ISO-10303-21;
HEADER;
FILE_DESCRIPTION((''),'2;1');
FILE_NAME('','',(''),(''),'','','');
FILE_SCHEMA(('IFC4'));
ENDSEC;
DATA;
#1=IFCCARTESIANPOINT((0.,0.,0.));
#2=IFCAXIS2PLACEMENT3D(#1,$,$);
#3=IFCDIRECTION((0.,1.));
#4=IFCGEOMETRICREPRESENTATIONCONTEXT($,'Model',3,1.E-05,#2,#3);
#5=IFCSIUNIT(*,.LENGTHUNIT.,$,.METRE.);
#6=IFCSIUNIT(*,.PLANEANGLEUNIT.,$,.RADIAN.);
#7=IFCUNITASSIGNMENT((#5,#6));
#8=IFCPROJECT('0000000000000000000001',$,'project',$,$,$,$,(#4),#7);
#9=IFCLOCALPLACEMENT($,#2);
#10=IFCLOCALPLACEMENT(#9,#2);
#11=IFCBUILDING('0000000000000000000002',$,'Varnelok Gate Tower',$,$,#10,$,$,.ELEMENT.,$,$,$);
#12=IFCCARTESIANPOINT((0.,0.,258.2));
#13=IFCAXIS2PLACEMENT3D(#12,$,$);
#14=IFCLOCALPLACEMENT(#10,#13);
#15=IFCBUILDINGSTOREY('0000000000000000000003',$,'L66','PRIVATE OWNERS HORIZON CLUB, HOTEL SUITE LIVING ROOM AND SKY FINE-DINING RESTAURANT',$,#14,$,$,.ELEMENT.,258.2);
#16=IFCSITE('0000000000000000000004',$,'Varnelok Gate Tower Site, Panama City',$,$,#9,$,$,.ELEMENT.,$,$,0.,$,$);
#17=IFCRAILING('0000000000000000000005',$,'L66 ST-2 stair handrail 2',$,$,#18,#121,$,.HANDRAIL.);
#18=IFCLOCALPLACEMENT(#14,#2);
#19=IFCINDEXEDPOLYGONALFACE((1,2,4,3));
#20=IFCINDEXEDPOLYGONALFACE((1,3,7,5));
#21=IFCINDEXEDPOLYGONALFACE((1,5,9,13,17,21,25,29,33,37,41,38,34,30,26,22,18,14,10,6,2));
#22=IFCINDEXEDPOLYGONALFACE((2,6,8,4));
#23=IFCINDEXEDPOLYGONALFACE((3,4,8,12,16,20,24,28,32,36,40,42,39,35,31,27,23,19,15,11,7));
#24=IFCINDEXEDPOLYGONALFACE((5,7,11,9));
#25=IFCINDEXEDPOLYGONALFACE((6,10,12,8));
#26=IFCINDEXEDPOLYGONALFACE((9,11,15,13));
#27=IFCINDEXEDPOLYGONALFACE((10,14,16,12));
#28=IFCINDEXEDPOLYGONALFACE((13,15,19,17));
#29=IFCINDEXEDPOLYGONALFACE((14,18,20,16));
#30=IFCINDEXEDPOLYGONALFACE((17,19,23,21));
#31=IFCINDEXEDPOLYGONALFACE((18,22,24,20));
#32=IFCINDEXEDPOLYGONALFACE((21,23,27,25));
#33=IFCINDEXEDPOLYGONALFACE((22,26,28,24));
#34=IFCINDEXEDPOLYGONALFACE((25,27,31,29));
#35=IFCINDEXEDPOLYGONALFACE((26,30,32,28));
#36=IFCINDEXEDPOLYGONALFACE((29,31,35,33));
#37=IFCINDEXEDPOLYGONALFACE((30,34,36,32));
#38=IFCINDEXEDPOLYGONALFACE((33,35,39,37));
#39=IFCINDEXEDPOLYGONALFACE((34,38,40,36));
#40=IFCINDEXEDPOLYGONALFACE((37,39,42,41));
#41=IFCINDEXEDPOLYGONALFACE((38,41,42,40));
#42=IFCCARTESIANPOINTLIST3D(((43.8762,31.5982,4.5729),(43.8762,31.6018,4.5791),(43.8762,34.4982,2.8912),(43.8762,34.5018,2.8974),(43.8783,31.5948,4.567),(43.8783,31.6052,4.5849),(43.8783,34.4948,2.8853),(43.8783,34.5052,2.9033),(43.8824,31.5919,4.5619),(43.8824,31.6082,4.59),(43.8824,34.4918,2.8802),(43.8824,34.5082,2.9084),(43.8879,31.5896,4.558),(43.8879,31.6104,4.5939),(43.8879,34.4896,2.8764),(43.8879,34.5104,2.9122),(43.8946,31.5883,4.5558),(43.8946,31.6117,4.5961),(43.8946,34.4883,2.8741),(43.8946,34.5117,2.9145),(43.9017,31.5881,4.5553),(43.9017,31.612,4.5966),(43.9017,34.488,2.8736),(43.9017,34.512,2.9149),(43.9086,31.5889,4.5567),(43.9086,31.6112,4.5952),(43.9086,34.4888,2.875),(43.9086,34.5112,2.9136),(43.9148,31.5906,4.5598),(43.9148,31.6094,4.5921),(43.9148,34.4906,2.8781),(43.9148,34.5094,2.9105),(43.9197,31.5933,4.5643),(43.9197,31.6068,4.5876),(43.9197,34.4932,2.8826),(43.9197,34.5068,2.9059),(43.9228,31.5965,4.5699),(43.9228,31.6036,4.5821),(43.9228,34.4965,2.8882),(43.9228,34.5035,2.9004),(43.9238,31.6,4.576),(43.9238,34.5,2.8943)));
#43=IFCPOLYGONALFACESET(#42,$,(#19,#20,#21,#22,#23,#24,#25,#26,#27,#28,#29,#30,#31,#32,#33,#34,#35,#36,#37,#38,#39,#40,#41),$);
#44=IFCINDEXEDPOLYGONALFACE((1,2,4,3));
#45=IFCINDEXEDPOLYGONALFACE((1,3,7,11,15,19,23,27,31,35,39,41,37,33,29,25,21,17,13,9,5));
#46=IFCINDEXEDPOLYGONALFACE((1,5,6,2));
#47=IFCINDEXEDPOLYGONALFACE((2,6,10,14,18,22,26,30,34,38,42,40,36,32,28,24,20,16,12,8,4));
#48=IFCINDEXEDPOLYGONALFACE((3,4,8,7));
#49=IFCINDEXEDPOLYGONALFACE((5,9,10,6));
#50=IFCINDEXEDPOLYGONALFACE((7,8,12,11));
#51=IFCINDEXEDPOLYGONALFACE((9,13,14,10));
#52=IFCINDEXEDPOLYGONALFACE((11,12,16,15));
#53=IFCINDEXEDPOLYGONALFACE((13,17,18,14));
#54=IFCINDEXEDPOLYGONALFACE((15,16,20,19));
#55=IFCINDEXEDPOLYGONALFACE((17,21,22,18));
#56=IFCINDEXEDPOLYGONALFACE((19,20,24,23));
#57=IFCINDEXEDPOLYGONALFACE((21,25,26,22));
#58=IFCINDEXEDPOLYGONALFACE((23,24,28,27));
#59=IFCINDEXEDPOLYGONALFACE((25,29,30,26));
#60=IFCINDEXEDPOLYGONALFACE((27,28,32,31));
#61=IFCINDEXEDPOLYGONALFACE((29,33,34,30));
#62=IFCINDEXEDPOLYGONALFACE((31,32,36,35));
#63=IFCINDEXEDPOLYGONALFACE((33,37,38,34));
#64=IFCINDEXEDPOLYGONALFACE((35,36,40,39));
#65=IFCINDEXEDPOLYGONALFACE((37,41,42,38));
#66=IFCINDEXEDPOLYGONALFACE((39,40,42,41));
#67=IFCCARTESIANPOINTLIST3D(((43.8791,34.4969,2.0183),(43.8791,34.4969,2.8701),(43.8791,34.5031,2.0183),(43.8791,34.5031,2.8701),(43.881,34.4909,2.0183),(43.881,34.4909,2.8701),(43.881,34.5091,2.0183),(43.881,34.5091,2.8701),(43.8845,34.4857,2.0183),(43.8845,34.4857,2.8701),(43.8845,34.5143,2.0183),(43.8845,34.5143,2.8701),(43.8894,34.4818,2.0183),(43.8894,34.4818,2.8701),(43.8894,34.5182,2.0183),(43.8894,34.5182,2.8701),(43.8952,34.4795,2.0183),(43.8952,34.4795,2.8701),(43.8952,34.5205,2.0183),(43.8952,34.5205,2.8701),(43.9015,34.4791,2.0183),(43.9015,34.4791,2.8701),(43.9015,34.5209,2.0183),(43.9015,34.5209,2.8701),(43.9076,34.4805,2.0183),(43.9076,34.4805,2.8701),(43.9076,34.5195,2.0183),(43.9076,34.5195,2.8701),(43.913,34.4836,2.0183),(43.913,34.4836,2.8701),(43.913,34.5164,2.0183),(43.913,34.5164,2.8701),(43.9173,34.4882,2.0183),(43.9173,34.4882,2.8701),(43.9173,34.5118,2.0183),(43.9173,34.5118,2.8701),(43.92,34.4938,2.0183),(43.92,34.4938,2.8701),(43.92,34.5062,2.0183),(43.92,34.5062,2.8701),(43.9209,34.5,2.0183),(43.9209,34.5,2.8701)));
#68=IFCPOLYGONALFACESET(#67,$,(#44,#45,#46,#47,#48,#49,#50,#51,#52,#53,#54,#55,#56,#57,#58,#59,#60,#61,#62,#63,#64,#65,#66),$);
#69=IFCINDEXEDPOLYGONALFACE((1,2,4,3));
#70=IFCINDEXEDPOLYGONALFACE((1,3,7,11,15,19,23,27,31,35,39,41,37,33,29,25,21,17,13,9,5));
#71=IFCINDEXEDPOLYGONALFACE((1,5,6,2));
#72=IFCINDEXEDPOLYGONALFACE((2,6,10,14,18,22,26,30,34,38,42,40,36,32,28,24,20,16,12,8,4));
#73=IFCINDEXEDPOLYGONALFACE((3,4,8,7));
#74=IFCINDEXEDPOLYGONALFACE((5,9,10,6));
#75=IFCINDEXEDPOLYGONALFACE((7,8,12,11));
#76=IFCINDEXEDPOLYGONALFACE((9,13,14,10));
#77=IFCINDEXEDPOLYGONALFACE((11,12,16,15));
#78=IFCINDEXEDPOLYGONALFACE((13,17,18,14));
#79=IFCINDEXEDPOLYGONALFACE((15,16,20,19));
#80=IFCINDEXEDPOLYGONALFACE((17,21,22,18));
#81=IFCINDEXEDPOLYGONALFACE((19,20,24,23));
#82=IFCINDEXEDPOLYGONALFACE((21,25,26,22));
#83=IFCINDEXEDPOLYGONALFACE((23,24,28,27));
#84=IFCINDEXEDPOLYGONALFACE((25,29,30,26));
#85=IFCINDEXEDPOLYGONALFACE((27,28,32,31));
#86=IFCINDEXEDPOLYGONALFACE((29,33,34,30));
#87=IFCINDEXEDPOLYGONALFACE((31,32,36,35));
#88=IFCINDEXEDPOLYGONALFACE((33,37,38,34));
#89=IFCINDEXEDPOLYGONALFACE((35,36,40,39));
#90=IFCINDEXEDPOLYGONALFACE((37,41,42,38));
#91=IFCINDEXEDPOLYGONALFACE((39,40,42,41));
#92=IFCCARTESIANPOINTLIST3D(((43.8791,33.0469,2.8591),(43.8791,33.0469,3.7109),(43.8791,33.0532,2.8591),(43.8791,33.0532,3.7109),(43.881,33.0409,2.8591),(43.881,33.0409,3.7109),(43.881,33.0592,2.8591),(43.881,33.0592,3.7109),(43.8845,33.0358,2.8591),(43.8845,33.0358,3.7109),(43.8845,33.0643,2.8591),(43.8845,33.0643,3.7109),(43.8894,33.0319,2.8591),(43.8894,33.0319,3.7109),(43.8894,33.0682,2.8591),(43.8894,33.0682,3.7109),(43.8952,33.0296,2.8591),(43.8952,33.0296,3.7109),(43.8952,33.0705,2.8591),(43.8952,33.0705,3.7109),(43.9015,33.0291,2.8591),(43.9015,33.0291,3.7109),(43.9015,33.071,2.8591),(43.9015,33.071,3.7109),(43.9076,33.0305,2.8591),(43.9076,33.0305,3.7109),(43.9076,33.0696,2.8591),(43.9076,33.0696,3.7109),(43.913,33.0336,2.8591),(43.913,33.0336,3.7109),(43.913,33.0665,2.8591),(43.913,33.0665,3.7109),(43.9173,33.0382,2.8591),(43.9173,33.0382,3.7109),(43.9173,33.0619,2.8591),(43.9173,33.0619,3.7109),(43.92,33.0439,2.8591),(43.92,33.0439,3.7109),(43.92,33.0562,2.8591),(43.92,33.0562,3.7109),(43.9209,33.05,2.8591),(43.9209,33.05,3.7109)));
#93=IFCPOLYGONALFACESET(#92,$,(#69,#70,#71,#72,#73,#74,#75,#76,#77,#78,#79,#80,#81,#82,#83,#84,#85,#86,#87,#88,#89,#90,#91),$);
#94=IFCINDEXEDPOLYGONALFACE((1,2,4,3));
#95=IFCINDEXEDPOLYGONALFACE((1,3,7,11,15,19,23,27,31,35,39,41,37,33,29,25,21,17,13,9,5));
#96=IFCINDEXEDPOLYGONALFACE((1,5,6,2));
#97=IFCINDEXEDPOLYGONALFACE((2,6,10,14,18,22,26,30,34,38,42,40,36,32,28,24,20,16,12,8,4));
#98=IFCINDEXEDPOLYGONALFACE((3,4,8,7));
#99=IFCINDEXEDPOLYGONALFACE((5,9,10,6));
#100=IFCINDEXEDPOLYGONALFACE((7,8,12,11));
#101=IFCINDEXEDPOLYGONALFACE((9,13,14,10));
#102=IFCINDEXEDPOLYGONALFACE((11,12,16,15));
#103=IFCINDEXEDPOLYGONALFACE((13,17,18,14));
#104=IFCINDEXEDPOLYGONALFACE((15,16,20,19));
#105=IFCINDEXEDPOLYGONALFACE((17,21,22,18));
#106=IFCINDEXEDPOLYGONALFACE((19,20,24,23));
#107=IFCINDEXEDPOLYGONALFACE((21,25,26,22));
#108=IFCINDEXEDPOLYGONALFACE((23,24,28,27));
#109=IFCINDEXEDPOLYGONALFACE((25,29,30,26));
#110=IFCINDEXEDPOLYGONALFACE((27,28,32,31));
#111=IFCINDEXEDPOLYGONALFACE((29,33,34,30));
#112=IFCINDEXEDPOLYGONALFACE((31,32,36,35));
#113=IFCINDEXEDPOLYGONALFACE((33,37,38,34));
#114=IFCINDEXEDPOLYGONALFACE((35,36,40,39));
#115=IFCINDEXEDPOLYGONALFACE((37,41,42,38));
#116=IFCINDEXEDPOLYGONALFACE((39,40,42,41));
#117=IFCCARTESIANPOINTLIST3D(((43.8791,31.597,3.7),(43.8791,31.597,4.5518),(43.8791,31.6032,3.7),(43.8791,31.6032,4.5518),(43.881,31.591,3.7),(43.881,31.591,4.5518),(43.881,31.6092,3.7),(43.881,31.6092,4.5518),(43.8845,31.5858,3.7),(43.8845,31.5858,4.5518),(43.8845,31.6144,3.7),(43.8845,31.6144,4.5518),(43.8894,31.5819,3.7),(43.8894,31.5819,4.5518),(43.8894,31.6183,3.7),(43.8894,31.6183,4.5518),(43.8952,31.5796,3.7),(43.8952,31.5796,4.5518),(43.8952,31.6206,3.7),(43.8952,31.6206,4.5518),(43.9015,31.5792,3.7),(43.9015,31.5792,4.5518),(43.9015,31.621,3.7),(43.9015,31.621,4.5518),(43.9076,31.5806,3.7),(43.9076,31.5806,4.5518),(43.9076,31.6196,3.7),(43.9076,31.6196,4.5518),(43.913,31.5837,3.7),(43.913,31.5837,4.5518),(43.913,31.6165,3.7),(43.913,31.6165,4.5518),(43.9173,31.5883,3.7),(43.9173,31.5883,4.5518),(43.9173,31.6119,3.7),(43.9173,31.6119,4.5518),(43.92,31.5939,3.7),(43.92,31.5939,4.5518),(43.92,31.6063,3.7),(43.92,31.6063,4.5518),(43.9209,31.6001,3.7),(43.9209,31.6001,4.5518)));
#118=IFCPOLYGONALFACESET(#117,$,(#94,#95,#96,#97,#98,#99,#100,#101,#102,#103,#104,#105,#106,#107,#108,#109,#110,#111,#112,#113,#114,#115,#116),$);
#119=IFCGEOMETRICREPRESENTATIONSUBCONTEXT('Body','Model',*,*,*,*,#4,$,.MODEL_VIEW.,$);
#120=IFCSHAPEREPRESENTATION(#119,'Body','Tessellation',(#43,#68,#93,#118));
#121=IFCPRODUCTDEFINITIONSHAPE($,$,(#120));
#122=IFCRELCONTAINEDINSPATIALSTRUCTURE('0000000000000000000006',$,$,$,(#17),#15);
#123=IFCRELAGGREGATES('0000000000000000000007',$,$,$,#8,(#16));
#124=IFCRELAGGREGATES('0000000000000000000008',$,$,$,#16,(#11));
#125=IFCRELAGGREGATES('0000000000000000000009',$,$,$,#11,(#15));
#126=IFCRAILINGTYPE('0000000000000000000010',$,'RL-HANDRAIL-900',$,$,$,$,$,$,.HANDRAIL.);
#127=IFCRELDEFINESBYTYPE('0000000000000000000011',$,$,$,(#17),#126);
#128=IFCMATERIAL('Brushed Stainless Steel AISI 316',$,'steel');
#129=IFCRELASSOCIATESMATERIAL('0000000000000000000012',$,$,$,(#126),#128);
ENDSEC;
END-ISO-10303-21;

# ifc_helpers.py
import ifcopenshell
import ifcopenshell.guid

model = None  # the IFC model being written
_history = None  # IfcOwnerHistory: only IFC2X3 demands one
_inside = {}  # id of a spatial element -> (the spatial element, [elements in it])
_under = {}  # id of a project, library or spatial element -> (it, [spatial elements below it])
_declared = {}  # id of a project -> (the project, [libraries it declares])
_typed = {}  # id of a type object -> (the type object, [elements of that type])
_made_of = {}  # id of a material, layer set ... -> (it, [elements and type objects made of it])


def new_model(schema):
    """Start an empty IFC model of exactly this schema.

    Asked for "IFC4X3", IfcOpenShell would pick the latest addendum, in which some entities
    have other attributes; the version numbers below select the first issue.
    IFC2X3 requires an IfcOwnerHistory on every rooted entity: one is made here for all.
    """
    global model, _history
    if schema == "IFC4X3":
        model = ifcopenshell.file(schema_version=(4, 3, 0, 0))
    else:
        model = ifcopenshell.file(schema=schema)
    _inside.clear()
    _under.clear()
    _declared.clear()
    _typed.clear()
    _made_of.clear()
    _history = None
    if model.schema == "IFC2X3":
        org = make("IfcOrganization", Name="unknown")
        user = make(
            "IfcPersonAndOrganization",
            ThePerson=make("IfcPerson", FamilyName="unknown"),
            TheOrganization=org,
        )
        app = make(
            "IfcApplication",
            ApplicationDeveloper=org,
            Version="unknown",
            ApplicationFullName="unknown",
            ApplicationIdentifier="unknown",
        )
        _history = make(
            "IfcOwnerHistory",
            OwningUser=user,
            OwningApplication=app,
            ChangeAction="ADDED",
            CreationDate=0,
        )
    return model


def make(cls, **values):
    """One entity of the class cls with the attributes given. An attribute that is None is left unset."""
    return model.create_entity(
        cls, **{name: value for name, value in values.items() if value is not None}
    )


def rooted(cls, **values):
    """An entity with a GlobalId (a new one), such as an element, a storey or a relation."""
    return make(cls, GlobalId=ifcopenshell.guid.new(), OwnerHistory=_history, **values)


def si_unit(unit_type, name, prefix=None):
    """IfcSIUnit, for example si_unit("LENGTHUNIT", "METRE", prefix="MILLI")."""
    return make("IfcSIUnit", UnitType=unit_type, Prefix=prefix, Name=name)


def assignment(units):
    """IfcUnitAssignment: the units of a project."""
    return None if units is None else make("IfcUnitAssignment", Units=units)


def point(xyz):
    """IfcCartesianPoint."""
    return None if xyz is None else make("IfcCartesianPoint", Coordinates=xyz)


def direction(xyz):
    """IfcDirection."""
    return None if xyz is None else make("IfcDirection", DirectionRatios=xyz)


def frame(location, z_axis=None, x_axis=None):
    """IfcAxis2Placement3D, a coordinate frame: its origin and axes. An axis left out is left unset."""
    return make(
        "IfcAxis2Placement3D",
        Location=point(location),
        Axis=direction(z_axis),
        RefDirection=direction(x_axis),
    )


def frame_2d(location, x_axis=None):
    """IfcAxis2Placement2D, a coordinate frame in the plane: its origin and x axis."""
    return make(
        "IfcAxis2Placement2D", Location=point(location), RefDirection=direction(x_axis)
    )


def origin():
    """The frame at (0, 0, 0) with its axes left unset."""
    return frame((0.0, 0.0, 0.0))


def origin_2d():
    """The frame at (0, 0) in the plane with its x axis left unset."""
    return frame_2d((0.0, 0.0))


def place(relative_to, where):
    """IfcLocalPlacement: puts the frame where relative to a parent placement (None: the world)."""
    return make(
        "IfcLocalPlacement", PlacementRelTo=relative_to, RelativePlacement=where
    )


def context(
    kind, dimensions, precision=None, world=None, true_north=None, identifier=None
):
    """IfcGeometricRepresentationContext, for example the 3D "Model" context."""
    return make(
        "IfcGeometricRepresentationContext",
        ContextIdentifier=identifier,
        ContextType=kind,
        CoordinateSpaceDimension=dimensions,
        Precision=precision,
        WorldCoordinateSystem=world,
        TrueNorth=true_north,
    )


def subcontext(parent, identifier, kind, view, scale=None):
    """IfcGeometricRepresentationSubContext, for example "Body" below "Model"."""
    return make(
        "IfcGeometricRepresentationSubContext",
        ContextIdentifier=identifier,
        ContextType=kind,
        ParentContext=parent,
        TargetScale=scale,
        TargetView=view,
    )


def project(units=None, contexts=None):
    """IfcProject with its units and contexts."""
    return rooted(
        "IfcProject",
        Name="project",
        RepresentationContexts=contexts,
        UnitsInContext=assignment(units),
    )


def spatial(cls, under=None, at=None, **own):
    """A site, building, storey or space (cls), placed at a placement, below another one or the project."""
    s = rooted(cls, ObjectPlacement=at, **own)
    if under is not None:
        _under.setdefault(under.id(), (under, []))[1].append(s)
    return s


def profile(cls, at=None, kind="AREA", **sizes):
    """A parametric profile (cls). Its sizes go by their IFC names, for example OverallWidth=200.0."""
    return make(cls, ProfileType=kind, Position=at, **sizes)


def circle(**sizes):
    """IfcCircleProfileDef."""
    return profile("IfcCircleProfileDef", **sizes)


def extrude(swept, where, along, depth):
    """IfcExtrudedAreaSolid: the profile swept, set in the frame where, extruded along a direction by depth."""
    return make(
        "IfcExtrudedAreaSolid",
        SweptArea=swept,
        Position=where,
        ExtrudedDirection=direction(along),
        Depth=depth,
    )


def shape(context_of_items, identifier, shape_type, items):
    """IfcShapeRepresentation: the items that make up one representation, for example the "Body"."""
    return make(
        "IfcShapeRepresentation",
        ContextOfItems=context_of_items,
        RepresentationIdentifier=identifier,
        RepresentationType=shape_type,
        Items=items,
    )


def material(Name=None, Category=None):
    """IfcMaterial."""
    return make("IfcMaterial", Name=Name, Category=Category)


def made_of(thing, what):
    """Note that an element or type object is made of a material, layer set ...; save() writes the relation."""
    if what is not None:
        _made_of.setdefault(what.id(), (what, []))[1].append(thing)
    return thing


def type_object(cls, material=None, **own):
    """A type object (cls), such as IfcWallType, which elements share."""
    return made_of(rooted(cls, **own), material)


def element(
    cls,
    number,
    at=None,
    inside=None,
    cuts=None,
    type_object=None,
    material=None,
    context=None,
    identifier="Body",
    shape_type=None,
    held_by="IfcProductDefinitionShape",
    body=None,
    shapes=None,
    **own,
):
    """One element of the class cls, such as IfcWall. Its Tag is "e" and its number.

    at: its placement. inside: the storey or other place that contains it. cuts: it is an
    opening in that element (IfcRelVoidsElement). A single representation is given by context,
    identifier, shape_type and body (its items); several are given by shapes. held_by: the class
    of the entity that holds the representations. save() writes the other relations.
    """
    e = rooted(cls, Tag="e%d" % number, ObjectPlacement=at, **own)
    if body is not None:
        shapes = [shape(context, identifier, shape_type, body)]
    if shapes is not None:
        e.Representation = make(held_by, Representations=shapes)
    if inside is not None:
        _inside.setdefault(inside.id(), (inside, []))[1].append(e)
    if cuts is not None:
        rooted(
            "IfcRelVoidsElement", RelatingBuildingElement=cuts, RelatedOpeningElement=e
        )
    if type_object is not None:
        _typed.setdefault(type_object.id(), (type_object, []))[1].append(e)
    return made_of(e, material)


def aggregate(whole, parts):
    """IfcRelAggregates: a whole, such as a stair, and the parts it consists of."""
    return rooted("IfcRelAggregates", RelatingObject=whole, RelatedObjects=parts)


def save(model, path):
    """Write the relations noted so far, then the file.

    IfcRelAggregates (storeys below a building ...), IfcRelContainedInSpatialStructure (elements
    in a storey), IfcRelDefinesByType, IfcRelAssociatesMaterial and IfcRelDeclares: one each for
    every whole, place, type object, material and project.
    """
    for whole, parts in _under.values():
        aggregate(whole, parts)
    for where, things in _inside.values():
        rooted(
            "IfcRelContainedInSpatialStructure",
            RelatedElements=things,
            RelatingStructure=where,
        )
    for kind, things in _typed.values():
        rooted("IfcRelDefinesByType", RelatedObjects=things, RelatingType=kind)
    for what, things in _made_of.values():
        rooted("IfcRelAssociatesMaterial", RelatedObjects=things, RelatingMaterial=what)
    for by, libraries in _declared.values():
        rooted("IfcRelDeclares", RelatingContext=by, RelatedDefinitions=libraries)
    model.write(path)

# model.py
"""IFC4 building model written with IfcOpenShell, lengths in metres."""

from ifc_helpers import new_model, si_unit, direction, frame, origin, origin_2d, place, context, subcontext, project, spatial, circle, extrude, material, type_object, element, save


model = new_model("IFC4")

# Units and contexts
model_context = context("Model", 3, precision=1e-05, world=origin(), true_north=direction((0.0, 1.0)))
body_context = subcontext(model_context, "Body", "Model", "MODEL_VIEW")
ifc_project = project(units=[si_unit("LENGTHUNIT", "METRE"), si_unit("PLANEANGLEUNIT", "RADIAN")], contexts=[model_context])

# Site, building, storey
site_placement = place(None, origin())
site = spatial("IfcSite", under=ifc_project, at=site_placement, Name="Varnelok Gate Tower Site, Panama City", CompositionType="ELEMENT", RefElevation=0.0)
building_placement = place(site_placement, origin())
building = spatial("IfcBuilding", under=site, at=building_placement, Name="Varnelok Gate Tower", CompositionType="ELEMENT")
storey_placement = place(building_placement, frame((0.0, 0.0, 258.2)))
storey = spatial("IfcBuildingStorey", under=building, at=storey_placement, Name="L66", Description="PRIVATE OWNERS HORIZON CLUB, HOTEL SUITE LIVING ROOM AND SKY FINE-DINING RESTAURANT", CompositionType="ELEMENT", Elevation=258.2)

# Railing
ifc_material_1 = material(Name="Brushed Stainless Steel AISI 316", Category="steel")
railing_type_1 = type_object("IfcRailingType", Name="RL-HANDRAIL-900", PredefinedType="HANDRAIL", material=ifc_material_1)
railing_1_placement = place(storey_placement, frame((43.8999, 34.5, 2.0183)))
element("IfcRailing", 1, at=railing_1_placement, inside=storey, type_object=railing_type_1, Name="L66 ST-2 stair handrail 2", PredefinedType="HANDRAIL", context=body_context, shape_type="SweptSolid", body=[
    extrude(circle(Radius=0.0239, at=origin_2d()), frame((0.0, 0.0, 0.876), z_axis=(0.0, -0.86507, 0.501651), x_axis=(1.0, 0.0, 0.0)), (0.0, 0.0, 1.0), 3.3523),
    extrude(circle(Radius=0.021, at=origin_2d()), origin(), (0.0, 0.0, 1.0), 0.8518),
    extrude(circle(Radius=0.021, at=origin_2d()), frame((0.0, -1.45, 0.8408)), (0.0, 0.0, 1.0), 0.8518),
    extrude(circle(Radius=0.021, at=origin_2d()), frame((0.0, -2.8999, 1.6816)), (0.0, 0.0, 1.0), 0.8518),
])

save(model, "model.ifc")
